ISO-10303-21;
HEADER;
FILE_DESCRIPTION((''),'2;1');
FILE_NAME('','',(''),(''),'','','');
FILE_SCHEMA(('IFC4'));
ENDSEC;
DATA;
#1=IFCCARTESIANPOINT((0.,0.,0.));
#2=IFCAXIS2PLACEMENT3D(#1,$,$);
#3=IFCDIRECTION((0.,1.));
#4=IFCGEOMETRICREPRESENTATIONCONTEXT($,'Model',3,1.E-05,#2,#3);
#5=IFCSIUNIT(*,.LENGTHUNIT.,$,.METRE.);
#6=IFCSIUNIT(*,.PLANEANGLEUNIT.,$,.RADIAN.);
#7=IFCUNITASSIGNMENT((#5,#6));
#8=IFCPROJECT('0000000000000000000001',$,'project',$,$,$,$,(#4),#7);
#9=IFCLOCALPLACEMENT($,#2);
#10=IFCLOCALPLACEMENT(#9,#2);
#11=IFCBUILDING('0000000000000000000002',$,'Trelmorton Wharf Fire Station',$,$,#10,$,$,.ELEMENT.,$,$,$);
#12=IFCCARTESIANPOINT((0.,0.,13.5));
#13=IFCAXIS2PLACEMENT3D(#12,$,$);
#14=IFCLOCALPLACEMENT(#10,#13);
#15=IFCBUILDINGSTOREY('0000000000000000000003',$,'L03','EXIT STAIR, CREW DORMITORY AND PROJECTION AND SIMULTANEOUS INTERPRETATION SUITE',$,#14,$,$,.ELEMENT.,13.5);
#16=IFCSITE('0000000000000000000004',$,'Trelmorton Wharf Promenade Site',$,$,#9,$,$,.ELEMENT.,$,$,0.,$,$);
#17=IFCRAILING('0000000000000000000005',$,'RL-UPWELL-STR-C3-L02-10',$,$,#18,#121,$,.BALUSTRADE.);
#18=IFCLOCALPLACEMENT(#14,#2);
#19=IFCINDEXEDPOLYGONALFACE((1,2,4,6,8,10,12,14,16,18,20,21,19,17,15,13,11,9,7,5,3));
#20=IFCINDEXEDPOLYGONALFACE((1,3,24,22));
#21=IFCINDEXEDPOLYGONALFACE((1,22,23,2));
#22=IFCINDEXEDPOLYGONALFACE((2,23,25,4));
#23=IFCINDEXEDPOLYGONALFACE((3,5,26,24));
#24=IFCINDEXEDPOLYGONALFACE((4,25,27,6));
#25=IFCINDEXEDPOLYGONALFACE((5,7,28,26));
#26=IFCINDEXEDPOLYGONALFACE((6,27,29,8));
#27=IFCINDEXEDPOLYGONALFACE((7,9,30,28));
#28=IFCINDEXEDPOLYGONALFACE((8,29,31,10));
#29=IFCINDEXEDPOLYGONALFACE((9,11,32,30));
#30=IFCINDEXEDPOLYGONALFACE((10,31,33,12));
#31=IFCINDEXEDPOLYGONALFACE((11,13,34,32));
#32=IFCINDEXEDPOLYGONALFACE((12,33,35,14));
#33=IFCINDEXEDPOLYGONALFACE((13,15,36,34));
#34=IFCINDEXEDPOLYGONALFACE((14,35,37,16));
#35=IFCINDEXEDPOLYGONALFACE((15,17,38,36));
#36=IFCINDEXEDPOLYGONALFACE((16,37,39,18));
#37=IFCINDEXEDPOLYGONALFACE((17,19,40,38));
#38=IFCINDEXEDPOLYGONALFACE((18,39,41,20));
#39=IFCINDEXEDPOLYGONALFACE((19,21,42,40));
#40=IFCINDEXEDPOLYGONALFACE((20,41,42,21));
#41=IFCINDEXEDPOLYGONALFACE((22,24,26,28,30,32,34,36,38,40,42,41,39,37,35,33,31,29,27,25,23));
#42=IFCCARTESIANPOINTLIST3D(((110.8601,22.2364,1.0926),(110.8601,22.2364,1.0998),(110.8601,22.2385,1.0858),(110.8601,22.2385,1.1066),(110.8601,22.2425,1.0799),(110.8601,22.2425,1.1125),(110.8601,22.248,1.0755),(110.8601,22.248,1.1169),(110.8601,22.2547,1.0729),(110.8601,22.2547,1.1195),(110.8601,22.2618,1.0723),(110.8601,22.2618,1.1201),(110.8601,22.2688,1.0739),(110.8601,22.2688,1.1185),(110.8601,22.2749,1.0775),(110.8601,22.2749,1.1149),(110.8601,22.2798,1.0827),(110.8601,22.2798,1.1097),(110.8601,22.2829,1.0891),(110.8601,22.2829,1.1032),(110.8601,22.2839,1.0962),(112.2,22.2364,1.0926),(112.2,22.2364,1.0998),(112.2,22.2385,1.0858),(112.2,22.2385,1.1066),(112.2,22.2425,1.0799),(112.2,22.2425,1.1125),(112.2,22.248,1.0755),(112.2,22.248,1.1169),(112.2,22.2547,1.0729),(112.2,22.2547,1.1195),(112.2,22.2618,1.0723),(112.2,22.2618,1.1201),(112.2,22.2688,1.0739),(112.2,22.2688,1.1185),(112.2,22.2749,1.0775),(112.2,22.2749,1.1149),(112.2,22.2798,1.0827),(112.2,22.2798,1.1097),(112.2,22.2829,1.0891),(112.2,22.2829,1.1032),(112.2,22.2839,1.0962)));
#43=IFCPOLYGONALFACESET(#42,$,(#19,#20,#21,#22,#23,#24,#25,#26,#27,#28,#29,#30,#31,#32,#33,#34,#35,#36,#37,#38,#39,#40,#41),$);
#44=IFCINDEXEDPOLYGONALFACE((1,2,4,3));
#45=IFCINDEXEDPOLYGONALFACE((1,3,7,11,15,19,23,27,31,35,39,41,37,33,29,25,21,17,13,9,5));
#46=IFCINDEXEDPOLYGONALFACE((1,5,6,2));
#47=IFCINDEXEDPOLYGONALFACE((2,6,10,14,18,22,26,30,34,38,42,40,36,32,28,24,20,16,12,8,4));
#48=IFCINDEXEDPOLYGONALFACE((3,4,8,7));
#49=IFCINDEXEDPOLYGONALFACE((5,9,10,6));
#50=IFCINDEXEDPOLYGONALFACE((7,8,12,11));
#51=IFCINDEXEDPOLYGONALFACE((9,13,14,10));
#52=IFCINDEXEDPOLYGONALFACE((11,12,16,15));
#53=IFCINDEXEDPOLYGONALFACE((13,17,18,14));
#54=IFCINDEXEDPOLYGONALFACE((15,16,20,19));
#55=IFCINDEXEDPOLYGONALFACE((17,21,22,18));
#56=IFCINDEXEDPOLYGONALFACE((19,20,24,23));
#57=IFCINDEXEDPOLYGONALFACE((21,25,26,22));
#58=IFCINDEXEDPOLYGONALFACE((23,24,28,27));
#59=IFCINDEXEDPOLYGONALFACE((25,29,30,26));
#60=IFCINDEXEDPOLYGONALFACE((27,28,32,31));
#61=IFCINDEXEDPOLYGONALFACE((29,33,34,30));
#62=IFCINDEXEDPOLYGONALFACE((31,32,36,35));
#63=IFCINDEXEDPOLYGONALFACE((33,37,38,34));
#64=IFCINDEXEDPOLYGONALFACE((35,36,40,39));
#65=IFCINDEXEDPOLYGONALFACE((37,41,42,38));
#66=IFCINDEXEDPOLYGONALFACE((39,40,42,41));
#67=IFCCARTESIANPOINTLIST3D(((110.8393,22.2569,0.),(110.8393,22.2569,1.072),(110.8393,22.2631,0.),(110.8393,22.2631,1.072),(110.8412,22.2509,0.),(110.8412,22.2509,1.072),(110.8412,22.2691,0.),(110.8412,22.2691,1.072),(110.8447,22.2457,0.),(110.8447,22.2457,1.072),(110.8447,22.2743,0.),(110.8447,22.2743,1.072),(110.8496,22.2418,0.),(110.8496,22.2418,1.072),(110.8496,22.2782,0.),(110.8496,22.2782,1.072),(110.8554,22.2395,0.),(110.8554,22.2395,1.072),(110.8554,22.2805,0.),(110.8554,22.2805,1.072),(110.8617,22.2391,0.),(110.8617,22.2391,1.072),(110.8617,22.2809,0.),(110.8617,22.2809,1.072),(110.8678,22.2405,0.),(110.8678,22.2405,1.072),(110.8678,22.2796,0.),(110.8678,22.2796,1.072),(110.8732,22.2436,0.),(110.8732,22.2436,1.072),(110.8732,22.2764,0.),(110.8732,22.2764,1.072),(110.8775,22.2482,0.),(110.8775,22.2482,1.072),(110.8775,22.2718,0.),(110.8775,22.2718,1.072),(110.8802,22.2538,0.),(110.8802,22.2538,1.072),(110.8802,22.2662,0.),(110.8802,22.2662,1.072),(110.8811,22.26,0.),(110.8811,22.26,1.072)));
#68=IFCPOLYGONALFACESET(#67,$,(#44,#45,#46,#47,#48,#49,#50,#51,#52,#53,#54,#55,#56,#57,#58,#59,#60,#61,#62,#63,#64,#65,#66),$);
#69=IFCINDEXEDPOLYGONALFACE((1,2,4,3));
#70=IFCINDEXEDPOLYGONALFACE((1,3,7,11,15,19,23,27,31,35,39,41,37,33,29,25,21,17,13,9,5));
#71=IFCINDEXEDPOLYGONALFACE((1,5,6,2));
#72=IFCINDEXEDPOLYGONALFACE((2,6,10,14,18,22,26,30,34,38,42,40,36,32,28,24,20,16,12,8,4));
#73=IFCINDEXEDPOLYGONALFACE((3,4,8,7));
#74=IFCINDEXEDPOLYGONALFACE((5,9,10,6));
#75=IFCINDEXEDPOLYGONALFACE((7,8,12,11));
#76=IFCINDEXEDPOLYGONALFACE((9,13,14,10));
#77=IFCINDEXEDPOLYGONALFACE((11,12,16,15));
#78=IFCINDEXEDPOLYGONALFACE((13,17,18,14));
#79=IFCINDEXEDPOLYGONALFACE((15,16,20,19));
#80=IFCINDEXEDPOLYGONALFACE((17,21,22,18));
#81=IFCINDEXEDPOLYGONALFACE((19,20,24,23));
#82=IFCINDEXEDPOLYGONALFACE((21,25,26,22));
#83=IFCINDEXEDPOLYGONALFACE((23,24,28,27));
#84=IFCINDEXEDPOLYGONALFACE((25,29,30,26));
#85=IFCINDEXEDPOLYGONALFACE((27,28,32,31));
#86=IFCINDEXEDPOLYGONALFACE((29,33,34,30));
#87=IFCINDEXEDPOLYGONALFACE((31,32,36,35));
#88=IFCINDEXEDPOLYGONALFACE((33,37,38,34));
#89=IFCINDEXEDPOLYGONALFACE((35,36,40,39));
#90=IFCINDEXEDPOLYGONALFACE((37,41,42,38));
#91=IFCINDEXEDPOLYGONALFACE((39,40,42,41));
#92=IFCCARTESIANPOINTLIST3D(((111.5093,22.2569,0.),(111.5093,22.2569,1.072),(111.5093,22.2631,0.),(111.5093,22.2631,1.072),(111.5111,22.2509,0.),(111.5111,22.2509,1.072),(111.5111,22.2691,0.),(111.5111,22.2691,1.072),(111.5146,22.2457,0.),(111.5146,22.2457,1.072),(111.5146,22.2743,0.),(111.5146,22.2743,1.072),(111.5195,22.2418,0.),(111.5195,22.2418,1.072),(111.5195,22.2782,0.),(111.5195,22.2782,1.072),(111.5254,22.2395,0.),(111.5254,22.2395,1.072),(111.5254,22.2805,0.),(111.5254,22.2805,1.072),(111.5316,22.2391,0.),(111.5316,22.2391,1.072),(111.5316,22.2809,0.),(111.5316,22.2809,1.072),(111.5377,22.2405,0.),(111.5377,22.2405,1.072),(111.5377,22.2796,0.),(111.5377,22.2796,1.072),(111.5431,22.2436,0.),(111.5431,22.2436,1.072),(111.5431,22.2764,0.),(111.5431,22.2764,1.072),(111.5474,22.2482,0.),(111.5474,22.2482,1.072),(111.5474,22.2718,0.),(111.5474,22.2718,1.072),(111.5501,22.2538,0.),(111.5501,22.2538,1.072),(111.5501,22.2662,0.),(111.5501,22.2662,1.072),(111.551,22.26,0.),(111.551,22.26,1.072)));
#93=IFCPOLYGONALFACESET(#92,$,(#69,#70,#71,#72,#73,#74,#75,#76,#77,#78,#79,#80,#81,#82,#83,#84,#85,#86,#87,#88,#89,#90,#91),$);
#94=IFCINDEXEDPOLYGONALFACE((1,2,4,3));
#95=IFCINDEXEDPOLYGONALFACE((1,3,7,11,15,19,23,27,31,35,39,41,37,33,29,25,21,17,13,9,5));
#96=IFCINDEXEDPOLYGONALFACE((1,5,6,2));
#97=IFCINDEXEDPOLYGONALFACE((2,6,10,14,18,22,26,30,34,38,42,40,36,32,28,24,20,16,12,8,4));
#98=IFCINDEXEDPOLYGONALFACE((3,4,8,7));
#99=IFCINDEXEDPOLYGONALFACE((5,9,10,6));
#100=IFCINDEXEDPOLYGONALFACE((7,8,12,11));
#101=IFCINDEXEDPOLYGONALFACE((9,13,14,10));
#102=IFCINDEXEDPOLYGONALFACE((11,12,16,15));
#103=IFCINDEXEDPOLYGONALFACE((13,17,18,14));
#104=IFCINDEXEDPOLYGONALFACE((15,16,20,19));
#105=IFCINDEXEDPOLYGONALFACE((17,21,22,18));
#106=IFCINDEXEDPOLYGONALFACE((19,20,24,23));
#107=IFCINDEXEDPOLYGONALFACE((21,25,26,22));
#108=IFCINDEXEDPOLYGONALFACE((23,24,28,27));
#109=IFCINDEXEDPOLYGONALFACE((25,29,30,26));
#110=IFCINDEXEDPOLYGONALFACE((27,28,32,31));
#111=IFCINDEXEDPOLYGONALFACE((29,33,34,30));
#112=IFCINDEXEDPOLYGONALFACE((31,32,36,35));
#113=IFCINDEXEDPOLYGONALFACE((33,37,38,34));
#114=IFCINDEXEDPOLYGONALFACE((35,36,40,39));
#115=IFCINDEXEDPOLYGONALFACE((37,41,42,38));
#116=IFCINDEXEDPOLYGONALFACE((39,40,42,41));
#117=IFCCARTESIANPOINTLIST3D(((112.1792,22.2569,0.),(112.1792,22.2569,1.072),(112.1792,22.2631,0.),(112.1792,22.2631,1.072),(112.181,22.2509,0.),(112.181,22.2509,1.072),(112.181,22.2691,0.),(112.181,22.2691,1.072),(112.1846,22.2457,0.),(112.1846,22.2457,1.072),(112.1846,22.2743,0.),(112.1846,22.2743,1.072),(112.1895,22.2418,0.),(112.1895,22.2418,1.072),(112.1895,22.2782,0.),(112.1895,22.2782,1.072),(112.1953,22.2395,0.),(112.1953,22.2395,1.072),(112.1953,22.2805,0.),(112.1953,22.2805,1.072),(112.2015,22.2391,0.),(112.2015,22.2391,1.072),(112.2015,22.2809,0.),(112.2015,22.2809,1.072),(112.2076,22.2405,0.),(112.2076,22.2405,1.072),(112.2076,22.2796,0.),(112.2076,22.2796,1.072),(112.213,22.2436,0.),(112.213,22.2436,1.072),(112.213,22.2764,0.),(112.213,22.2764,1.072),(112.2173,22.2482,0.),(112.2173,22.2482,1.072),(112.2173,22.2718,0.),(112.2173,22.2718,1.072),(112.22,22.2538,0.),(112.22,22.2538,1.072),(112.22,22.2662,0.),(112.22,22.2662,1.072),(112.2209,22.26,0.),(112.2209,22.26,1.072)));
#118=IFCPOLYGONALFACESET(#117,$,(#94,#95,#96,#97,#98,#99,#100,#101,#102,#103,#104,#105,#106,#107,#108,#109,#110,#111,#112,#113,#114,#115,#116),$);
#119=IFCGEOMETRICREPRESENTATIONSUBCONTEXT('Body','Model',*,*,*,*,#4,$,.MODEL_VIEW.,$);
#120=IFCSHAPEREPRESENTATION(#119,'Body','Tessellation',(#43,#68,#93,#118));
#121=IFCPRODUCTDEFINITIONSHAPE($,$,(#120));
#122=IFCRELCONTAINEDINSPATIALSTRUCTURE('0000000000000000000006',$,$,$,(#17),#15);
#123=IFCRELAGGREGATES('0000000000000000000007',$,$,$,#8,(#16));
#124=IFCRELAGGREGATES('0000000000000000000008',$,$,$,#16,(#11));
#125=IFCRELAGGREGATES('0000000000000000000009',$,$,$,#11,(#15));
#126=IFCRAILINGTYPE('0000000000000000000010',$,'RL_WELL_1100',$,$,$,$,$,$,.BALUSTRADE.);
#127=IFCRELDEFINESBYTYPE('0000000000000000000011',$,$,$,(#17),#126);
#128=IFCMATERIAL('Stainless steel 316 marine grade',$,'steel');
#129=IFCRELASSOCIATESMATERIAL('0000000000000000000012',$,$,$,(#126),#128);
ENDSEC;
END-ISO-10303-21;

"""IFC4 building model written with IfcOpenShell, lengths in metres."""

from ifc_helpers import new_model, si_unit, direction, frame, origin, origin_2d, place, context, subcontext, project, spatial, circle, extrude, material, type_object, element, save


model = new_model("IFC4")

# Units and contexts
model_context = context("Model", 3, precision=1e-05, world=origin(), true_north=direction((0.0, 1.0)))
body_context = subcontext(model_context, "Body", "Model", "MODEL_VIEW")
ifc_project = project(units=[si_unit("LENGTHUNIT", "METRE"), si_unit("PLANEANGLEUNIT", "RADIAN")], contexts=[model_context])

# Site, building, storey
site_placement = place(None, origin())
site = spatial("IfcSite", under=ifc_project, at=site_placement, Name="Trelmorton Wharf Promenade Site", CompositionType="ELEMENT", RefElevation=0.0)
building_placement = place(site_placement, origin())
building = spatial("IfcBuilding", under=site, at=building_placement, Name="Trelmorton Wharf Fire Station", CompositionType="ELEMENT")
storey_placement = place(building_placement, frame((0.0, 0.0, 13.5)))
storey = spatial("IfcBuildingStorey", under=building, at=storey_placement, Name="L03", Description="EXIT STAIR, CREW DORMITORY AND PROJECTION AND SIMULTANEOUS INTERPRETATION SUITE", CompositionType="ELEMENT", Elevation=13.5)

# Shared definitions
ifc_material_1 = material(Name="Stainless steel 316 marine grade", Category="steel")

# Railing
railing_type_1 = type_object("IfcRailingType", Name="RL_WELL_1100", PredefinedType="BALUSTRADE", material=ifc_material_1)
railing_1_placement = place(storey_placement, frame((110.8601, 22.26, 0.0)))
element("IfcRailing", 1, at=railing_1_placement, inside=storey, type_object=railing_type_1, Name="RL-UPWELL-STR-C3-L02-10", PredefinedType="BALUSTRADE", context=body_context, shape_type="SweptSolid", body=[
    extrude(circle(Radius=0.0239, at=origin_2d()), frame((0.0, 0.0, 1.0962), z_axis=(1.0, 0.0, 0.0), x_axis=(0.0, 1.0, 0.0)), (0.0, 0.0, 1.0), 1.3398),
    extrude(circle(Radius=0.021, at=origin_2d()), origin(), (0.0, 0.0, 1.0), 1.072),
    extrude(circle(Radius=0.021, at=origin_2d()), frame((0.6699, 0.0, 0.0)), (0.0, 0.0, 1.0), 1.072),
    extrude(circle(Radius=0.021, at=origin_2d()), frame((1.3398, 0.0, 0.0)), (0.0, 0.0, 1.0), 1.072),
])

save(model, "model.ifc")
